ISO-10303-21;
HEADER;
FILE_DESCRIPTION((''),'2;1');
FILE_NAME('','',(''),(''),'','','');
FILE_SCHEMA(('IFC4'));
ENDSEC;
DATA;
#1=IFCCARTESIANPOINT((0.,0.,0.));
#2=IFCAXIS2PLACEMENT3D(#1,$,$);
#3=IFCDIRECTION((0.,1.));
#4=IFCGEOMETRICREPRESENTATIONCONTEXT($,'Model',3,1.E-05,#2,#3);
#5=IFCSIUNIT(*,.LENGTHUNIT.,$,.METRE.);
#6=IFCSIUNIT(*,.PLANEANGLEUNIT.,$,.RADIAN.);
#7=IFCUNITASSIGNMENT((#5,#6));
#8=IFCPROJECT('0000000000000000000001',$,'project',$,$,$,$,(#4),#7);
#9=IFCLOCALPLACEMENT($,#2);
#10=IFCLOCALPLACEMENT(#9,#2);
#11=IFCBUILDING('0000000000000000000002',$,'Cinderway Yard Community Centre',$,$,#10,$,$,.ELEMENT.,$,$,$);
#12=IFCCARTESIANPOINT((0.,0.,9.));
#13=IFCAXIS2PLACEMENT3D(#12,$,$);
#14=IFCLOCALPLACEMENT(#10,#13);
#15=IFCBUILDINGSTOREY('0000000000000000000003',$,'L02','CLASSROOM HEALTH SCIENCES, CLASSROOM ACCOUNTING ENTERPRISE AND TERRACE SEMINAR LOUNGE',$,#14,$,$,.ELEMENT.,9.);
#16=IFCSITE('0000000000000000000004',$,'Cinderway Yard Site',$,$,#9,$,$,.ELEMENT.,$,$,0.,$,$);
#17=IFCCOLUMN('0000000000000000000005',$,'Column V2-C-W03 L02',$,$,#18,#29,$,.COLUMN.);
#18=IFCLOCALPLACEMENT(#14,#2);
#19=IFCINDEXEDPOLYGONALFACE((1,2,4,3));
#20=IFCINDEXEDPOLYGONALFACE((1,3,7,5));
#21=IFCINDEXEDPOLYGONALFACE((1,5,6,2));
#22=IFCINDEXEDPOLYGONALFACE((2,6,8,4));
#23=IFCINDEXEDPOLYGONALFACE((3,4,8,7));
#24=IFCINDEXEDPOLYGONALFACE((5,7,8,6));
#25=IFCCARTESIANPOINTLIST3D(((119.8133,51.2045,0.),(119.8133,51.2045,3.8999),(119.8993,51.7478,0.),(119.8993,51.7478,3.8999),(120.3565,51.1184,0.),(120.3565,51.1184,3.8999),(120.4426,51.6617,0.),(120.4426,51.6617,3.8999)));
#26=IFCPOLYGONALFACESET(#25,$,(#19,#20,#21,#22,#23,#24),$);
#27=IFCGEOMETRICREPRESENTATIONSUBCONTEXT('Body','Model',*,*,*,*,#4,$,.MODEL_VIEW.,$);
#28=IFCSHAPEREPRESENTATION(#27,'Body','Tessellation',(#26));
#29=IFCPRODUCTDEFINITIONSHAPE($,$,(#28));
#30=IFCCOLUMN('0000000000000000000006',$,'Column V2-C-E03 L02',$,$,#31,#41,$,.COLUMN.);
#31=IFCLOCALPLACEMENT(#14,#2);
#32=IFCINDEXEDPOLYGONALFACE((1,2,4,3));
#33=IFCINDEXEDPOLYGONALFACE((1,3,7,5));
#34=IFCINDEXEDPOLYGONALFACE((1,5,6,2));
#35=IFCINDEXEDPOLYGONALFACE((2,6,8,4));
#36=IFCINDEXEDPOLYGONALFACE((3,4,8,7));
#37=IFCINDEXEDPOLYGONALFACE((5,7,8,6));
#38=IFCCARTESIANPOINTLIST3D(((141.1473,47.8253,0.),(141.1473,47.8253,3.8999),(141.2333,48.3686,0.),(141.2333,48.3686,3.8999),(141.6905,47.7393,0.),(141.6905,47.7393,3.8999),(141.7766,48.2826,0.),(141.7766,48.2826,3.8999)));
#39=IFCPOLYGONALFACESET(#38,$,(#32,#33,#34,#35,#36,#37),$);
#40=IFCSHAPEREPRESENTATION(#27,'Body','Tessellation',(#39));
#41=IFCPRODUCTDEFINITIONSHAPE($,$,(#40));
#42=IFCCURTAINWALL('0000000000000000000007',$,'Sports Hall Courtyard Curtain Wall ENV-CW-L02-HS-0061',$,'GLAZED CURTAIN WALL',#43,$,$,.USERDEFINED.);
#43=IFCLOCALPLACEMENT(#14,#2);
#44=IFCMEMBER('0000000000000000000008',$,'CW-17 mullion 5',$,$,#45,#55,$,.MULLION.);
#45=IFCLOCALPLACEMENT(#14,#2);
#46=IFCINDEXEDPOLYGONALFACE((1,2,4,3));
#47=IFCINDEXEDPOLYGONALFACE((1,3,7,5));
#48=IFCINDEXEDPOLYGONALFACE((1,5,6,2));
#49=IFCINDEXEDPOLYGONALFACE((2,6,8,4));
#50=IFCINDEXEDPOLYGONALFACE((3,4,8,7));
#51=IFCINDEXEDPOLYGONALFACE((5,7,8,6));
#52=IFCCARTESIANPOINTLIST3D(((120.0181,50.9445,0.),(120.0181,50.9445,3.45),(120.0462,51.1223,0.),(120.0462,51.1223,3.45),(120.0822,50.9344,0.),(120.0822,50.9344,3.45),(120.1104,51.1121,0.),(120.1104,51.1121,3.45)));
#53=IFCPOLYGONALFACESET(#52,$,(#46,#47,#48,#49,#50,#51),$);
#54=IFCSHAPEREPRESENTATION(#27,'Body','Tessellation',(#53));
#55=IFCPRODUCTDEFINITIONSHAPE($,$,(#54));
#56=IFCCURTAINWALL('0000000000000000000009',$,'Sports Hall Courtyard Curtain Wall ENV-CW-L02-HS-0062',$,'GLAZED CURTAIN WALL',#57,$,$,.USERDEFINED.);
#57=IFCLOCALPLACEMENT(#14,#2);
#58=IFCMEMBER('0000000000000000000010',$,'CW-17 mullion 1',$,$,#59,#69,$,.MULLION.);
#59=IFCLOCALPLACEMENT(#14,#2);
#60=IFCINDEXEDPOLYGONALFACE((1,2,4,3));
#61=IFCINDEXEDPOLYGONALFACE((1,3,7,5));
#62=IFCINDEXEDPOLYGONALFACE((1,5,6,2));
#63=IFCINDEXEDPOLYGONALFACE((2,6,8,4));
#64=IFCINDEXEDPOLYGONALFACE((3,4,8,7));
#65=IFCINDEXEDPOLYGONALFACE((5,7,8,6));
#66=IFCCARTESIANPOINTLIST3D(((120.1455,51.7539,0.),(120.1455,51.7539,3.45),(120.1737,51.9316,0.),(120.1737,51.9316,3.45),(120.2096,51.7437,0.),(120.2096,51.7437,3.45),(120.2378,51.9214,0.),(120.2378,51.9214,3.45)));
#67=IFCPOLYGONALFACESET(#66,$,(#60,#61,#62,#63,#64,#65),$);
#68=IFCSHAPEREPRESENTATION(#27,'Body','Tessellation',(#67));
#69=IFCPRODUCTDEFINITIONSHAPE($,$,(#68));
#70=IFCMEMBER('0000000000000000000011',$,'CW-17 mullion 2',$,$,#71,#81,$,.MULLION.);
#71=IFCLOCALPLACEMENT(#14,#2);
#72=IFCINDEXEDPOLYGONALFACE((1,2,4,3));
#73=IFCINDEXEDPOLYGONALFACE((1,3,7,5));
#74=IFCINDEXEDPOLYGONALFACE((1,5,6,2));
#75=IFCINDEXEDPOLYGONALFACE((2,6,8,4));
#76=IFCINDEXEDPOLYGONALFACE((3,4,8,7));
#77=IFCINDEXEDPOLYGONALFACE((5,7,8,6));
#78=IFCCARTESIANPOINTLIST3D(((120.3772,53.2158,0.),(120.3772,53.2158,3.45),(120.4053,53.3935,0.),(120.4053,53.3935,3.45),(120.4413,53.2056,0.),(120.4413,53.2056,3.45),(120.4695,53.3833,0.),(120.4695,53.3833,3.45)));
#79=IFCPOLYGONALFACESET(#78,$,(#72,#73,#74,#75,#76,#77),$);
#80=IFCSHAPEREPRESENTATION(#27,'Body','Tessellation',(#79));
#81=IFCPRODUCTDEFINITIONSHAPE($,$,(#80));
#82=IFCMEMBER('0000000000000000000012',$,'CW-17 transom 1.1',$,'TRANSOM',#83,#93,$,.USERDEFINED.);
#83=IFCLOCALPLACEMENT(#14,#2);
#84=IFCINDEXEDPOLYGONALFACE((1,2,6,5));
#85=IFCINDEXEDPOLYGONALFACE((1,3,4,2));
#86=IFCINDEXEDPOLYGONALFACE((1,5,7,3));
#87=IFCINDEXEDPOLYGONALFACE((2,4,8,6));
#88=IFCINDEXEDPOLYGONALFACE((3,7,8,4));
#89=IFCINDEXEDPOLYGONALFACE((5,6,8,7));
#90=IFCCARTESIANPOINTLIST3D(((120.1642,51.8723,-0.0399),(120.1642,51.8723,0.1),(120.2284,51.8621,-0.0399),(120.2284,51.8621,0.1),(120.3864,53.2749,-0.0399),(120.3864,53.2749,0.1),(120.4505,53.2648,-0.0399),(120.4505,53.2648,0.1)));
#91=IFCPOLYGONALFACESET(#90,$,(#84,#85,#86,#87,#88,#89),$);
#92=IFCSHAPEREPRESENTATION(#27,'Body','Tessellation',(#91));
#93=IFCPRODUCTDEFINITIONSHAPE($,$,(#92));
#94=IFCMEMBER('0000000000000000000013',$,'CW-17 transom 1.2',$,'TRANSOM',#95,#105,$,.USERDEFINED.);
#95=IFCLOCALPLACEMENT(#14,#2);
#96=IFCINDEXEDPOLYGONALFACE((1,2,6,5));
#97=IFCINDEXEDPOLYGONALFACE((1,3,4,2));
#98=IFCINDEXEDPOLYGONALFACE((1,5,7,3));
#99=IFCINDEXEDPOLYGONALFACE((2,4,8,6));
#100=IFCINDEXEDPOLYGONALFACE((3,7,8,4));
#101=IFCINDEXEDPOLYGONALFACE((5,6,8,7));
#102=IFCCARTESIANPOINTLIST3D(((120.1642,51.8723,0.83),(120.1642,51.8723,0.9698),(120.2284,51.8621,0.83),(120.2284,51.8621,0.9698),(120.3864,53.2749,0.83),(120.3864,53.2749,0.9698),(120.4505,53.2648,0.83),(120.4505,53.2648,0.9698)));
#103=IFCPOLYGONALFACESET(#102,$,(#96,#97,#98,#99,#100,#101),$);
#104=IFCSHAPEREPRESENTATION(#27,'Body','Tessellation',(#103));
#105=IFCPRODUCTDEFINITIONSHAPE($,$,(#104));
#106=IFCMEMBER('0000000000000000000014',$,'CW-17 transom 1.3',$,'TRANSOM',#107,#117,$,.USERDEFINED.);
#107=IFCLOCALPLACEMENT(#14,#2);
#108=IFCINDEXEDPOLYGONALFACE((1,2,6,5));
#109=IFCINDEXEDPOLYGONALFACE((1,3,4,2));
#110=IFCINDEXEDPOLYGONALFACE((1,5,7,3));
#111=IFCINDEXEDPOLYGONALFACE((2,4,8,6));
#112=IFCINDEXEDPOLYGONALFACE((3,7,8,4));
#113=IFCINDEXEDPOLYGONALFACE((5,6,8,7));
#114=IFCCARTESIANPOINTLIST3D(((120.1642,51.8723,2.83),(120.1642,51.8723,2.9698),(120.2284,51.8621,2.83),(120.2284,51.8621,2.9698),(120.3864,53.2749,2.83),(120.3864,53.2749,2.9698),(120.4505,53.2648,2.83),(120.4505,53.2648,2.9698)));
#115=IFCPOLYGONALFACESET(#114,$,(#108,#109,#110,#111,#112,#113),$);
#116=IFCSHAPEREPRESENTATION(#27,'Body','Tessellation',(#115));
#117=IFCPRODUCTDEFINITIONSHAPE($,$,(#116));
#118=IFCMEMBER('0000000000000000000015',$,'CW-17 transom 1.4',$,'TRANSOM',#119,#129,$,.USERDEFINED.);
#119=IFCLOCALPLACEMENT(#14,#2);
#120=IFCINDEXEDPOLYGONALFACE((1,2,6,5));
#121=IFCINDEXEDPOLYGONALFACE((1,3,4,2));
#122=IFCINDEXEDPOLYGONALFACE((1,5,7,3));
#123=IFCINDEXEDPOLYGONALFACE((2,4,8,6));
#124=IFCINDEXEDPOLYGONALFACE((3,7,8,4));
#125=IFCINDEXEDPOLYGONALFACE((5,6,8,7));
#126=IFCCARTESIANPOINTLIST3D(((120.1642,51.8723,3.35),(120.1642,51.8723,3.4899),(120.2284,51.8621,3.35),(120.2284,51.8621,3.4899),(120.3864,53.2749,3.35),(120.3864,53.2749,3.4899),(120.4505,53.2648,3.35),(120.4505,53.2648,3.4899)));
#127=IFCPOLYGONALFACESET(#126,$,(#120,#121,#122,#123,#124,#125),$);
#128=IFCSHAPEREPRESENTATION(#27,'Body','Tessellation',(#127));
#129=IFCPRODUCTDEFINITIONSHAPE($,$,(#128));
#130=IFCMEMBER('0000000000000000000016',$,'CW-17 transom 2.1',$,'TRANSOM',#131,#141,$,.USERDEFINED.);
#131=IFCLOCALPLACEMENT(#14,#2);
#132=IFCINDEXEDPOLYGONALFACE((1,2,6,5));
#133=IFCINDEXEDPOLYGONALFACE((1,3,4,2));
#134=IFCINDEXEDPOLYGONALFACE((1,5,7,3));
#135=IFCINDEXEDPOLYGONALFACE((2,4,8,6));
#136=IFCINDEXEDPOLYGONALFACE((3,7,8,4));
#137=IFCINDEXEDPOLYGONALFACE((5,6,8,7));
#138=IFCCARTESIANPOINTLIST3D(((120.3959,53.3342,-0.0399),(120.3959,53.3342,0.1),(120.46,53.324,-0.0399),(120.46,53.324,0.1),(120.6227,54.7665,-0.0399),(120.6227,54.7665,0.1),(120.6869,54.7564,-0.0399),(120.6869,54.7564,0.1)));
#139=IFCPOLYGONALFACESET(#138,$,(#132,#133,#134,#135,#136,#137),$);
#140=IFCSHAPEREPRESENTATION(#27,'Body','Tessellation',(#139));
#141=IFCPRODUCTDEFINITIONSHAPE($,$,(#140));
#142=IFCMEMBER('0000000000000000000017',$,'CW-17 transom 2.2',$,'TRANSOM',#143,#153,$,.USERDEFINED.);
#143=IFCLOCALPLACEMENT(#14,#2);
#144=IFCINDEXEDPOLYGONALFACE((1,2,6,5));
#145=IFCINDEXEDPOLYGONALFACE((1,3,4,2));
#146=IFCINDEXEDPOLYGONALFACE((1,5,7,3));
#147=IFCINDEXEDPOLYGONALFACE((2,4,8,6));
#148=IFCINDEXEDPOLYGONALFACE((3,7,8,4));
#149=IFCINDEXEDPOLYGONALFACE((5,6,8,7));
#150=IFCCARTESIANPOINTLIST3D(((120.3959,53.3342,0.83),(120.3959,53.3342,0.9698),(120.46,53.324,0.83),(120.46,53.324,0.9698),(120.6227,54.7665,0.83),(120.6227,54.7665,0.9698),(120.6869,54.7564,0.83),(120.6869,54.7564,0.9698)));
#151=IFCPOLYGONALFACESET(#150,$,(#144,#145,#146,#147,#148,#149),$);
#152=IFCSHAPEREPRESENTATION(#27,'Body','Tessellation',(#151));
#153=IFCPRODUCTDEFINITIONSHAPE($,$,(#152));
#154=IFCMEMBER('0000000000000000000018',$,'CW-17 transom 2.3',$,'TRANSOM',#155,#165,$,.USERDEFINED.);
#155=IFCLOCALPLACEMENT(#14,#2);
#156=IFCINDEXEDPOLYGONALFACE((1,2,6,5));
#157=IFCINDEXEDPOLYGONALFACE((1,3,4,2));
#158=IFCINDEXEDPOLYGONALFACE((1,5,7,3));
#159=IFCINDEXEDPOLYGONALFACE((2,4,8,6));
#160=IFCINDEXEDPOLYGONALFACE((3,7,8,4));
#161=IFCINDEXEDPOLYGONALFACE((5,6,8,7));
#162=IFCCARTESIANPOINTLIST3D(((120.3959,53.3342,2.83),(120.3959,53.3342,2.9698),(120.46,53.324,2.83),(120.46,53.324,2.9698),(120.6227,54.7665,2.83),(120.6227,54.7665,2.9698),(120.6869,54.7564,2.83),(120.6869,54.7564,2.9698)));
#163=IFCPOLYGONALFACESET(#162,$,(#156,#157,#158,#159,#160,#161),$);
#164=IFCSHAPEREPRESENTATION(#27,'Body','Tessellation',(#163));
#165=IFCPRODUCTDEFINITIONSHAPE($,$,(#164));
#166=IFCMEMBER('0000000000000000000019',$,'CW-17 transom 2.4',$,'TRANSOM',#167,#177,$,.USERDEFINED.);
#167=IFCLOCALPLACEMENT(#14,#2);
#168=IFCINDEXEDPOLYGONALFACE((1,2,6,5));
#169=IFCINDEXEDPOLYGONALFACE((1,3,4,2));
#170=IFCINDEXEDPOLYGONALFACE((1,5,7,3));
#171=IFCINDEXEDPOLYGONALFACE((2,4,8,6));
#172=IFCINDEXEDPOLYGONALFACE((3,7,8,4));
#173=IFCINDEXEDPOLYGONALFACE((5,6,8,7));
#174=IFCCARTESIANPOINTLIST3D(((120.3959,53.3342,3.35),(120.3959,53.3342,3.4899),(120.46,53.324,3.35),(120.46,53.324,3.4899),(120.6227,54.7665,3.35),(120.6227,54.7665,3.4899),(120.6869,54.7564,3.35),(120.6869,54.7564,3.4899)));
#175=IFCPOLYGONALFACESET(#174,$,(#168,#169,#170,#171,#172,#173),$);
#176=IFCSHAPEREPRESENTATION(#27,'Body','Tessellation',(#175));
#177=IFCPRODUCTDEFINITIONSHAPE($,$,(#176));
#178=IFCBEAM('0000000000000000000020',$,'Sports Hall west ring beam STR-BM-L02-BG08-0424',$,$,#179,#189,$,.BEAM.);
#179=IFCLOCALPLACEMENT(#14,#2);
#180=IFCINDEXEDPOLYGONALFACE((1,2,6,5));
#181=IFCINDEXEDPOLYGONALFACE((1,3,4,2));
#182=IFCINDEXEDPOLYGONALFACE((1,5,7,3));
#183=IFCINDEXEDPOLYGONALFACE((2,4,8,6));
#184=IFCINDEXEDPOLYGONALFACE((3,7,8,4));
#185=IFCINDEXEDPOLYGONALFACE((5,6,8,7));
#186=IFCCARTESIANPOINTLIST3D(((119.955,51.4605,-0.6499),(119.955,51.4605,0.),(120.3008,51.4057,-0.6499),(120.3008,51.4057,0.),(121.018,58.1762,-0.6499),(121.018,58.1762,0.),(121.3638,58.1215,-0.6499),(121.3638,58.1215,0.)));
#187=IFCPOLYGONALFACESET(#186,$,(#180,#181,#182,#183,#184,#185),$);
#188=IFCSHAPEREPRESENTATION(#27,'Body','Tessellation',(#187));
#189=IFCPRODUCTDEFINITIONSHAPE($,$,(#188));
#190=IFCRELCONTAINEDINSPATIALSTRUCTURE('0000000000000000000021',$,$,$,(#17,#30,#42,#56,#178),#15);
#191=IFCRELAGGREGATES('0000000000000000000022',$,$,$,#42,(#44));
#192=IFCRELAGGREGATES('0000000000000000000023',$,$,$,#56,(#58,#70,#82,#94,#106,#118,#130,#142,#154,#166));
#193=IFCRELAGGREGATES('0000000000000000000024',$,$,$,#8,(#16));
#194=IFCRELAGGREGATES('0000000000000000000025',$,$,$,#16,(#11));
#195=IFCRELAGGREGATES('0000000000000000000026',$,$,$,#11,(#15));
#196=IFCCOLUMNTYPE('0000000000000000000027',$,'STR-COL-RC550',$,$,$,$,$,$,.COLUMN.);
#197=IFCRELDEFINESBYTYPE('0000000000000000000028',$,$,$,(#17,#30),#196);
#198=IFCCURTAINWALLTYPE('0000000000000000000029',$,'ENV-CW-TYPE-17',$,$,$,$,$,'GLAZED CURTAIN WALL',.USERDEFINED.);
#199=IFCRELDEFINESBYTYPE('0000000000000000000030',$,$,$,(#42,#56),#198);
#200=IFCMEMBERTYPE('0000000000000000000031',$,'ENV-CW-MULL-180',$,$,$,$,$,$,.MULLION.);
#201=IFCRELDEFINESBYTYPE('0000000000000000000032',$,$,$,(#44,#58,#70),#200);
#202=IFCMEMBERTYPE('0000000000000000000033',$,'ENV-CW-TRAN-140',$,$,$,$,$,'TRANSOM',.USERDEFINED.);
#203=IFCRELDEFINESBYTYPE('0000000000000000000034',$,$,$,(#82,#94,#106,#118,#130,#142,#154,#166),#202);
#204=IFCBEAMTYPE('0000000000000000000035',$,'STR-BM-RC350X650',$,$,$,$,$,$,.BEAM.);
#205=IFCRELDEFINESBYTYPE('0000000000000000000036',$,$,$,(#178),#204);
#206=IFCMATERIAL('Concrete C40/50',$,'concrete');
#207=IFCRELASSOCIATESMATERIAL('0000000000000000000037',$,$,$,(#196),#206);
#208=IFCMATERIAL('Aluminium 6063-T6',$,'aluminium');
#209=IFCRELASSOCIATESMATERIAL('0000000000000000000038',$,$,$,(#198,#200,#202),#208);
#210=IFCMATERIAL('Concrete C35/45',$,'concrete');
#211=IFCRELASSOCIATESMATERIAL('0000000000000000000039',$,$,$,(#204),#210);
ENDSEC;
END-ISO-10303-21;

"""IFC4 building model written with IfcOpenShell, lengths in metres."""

from ifc_helpers import new_model, si_unit, direction, frame, origin, origin_2d, place, context, subcontext, project, spatial, rectangle, extrude, material, material_profile, profile_set, type_object, element, aggregate, save


model = new_model("IFC4")

# Units and contexts
model_context = context("Model", 3, precision=1e-05, world=origin(), true_north=direction((0.0, 1.0)))
body_context = subcontext(model_context, "Body", "Model", "MODEL_VIEW")
ifc_project = project(units=[si_unit("LENGTHUNIT", "METRE"), si_unit("PLANEANGLEUNIT", "RADIAN")], contexts=[model_context])

# Site, building, storey
site_placement = place(None, origin())
site = spatial("IfcSite", under=ifc_project, at=site_placement, Name="Cinderway Yard Site", CompositionType="ELEMENT", RefElevation=0.0)
building_placement = place(site_placement, origin())
building = spatial("IfcBuilding", under=site, at=building_placement, Name="Cinderway Yard Community Centre", CompositionType="ELEMENT")
storey_placement = place(building_placement, frame((0.0, 0.0, 9.0)))
storey = spatial("IfcBuildingStorey", under=building, at=storey_placement, Name="L02", Description="CLASSROOM HEALTH SCIENCES, CLASSROOM ACCOUNTING ENTERPRISE AND TERRACE SEMINAR LOUNGE", CompositionType="ELEMENT", Elevation=9.0)

# Columns
ifc_material_1 = material(Name="Concrete C40/50", Category="concrete")
ifc_material_profile_1 = material_profile(ifc_material_1, rectangle(XDim=0.55, YDim=0.55, at=origin_2d()), Name="Concrete C40/50")
ifc_profile_set_1 = profile_set([ifc_material_profile_1], Name="Concrete C40/50")
column_type = type_object("IfcColumnType", Name="STR-COL-RC550", PredefinedType="COLUMN", material=ifc_profile_set_1)
for number, where, z_axis, x_axis, name in (
    (1, (120.1279, 51.4331, 0.0), (0.0, 0.0, 1.0), (0.987688, -0.156434, 0.0), "Column V2-C-W03 L02"),
    (2, (141.4619, 48.054, 0.0), (0.0, 0.0, 1.0), (0.987688, -0.156434, 0.0), "Column V2-C-E03 L02"),
):
    element("IfcColumn", number, at=place(storey_placement, frame(where, z_axis=z_axis, x_axis=x_axis)), inside=storey, type_object=column_type, Name=name, PredefinedType="COLUMN", context=body_context, shape_type="SweptSolid", body=[
        extrude(rectangle(XDim=0.55, YDim=0.55, at=origin_2d()), origin(), (0.0, 0.0, 1.0), 3.8999),
    ])

# Curtain wall, member
ifc_material_2 = material(Name="Aluminium 6063-T6", Category="aluminium")
curtain_wall_type_1 = type_object("IfcCurtainWallType", Name="ENV-CW-TYPE-17", ElementType="GLAZED CURTAIN WALL", PredefinedType="USERDEFINED", material=ifc_material_2)
curtain_wall_1_placement = place(storey_placement, origin())
curtain_wall_1 = element("IfcCurtainWall", 3, at=curtain_wall_1_placement, inside=storey, type_object=curtain_wall_type_1, Name="Sports Hall Courtyard Curtain Wall ENV-CW-L02-HS-0061", ObjectType="GLAZED CURTAIN WALL", PredefinedType="USERDEFINED")
ifc_material_profile_2 = material_profile(ifc_material_2, rectangle(XDim=0.0649, YDim=0.1799, at=origin_2d()), Name="Aluminium 6063-T6")
ifc_profile_set_2 = profile_set([ifc_material_profile_2], Name="Aluminium 6063-T6")
member_type_1 = type_object("IfcMemberType", Name="ENV-CW-MULL-180", PredefinedType="MULLION", material=ifc_profile_set_2)
member_1_placement = place(storey_placement, frame((120.0642, 51.0283, 0.0), z_axis=(0.0, 0.0, 1.0), x_axis=(-0.987665, 0.156583, 0.0)))
member_1 = element("IfcMember", 4, at=member_1_placement, type_object=member_type_1, Name="CW-17 mullion 5", PredefinedType="MULLION", context=body_context, shape_type="SweptSolid", body=[
    extrude(rectangle(XDim=0.0649, YDim=0.1799, at=origin_2d()), origin(), (0.0, 0.0, 1.0), 3.45),
])
aggregate(curtain_wall_1, [member_1])

# Curtain wall, members
curtain_wall_2_placement = place(storey_placement, origin())
curtain_wall_2 = element("IfcCurtainWall", 5, at=curtain_wall_2_placement, inside=storey, type_object=curtain_wall_type_1, Name="Sports Hall Courtyard Curtain Wall ENV-CW-L02-HS-0062", ObjectType="GLAZED CURTAIN WALL", PredefinedType="USERDEFINED")
member_2_placement = place(storey_placement, frame((120.1917, 51.8376, 0.0), z_axis=(0.0, 0.0, 1.0), x_axis=(-0.987686, 0.156447, 0.0)))
member_2 = element("IfcMember", 6, at=member_2_placement, type_object=member_type_1, Name="CW-17 mullion 1", PredefinedType="MULLION", context=body_context, shape_type="SweptSolid", body=[
    extrude(rectangle(XDim=0.0649, YDim=0.1799, at=origin_2d()), origin(), (0.0, 0.0, 1.0), 3.45),
])
member_3_placement = place(storey_placement, frame((120.4233, 53.2996, 0.0), z_axis=(0.0, 0.0, 1.0), x_axis=(-0.987686, 0.156447, 0.0)))
member_3 = element("IfcMember", 7, at=member_3_placement, type_object=member_type_1, Name="CW-17 mullion 2", PredefinedType="MULLION", context=body_context, shape_type="SweptSolid", body=[
    extrude(rectangle(XDim=0.0649, YDim=0.1799, at=origin_2d()), origin(), (0.0, 0.0, 1.0), 3.45),
])
ifc_material_profile_3 = material_profile(ifc_material_2, rectangle(XDim=0.0649, YDim=0.1399, at=origin_2d()), Name="Aluminium 6063-T6")
ifc_profile_set_3 = profile_set([ifc_material_profile_3], Name="Aluminium 6063-T6")
member_type_2 = type_object("IfcMemberType", Name="ENV-CW-TRAN-140", ElementType="TRANSOM", PredefinedType="USERDEFINED", material=ifc_profile_set_3)
member_4_placement = place(storey_placement, frame((120.1963, 51.8672, 0.03), z_axis=(0.156448, 0.987686, 0.0), x_axis=(-0.987686, 0.156448, 0.0)))
member_4 = element("IfcMember", 8, at=member_4_placement, type_object=member_type_2, Name="CW-17 transom 1.1", ObjectType="TRANSOM", PredefinedType="USERDEFINED", context=body_context, shape_type="SweptSolid", body=[
    extrude(rectangle(XDim=0.0649, YDim=0.1399, at=origin_2d()), origin(), (0.0, 0.0, 1.0), 1.4202),
])
member_5_placement = place(storey_placement, frame((120.1963, 51.8672, 0.8999), z_axis=(0.156448, 0.987686, 0.0), x_axis=(-0.987686, 0.156448, 0.0)))
member_5 = element("IfcMember", 9, at=member_5_placement, type_object=member_type_2, Name="CW-17 transom 1.2", ObjectType="TRANSOM", PredefinedType="USERDEFINED", context=body_context, shape_type="SweptSolid", body=[
    extrude(rectangle(XDim=0.0649, YDim=0.1399, at=origin_2d()), origin(), (0.0, 0.0, 1.0), 1.4202),
])
member_6_placement = place(storey_placement, frame((120.1963, 51.8672, 2.8999), z_axis=(0.156448, 0.987686, 0.0), x_axis=(-0.987686, 0.156448, 0.0)))
member_6 = element("IfcMember", 10, at=member_6_placement, type_object=member_type_2, Name="CW-17 transom 1.3", ObjectType="TRANSOM", PredefinedType="USERDEFINED", context=body_context, shape_type="SweptSolid", body=[
    extrude(rectangle(XDim=0.0649, YDim=0.1399, at=origin_2d()), origin(), (0.0, 0.0, 1.0), 1.4202),
])
member_7_placement = place(storey_placement, frame((120.1963, 51.8672, 3.4199), z_axis=(0.156448, 0.987686, 0.0), x_axis=(-0.987686, 0.156448, 0.0)))
member_7 = element("IfcMember", 11, at=member_7_placement, type_object=member_type_2, Name="CW-17 transom 1.4", ObjectType="TRANSOM", PredefinedType="USERDEFINED", context=body_context, shape_type="SweptSolid", body=[
    extrude(rectangle(XDim=0.0649, YDim=0.1399, at=origin_2d()), origin(), (0.0, 0.0, 1.0), 1.4202),
])
member_8_placement = place(storey_placement, frame((120.428, 53.3291, 0.03), z_axis=(0.156395, 0.987695, 0.0), x_axis=(-0.987695, 0.156395, 0.0)))
member_8 = element("IfcMember", 12, at=member_8_placement, type_object=member_type_2, Name="CW-17 transom 2.1", ObjectType="TRANSOM", PredefinedType="USERDEFINED", context=body_context, shape_type="SweptSolid", body=[
    extrude(rectangle(XDim=0.0649, YDim=0.1399, at=origin_2d()), origin(), (0.0, 0.0, 1.0), 1.4502),
])
member_9_placement = place(storey_placement, frame((120.428, 53.3291, 0.8999), z_axis=(0.156395, 0.987695, 0.0), x_axis=(-0.987695, 0.156395, 0.0)))
member_9 = element("IfcMember", 13, at=member_9_placement, type_object=member_type_2, Name="CW-17 transom 2.2", ObjectType="TRANSOM", PredefinedType="USERDEFINED", context=body_context, shape_type="SweptSolid", body=[
    extrude(rectangle(XDim=0.0649, YDim=0.1399, at=origin_2d()), origin(), (0.0, 0.0, 1.0), 1.4502),
])
member_10_placement = place(storey_placement, frame((120.428, 53.3291, 2.8999), z_axis=(0.156395, 0.987695, 0.0), x_axis=(-0.987695, 0.156395, 0.0)))
member_10 = element("IfcMember", 14, at=member_10_placement, type_object=member_type_2, Name="CW-17 transom 2.3", ObjectType="TRANSOM", PredefinedType="USERDEFINED", context=body_context, shape_type="SweptSolid", body=[
    extrude(rectangle(XDim=0.0649, YDim=0.1399, at=origin_2d()), origin(), (0.0, 0.0, 1.0), 1.4502),
])
member_11_placement = place(storey_placement, frame((120.428, 53.3291, 3.4199), z_axis=(0.156395, 0.987695, 0.0), x_axis=(-0.987695, 0.156395, 0.0)))
member_11 = element("IfcMember", 15, at=member_11_placement, type_object=member_type_2, Name="CW-17 transom 2.4", ObjectType="TRANSOM", PredefinedType="USERDEFINED", context=body_context, shape_type="SweptSolid", body=[
    extrude(rectangle(XDim=0.0649, YDim=0.1399, at=origin_2d()), origin(), (0.0, 0.0, 1.0), 1.4502),
])

# Beam
ifc_material_3 = material(Name="Concrete C35/45", Category="concrete")
ifc_material_profile_4 = material_profile(ifc_material_3, rectangle(XDim=0.3501, YDim=0.6499, at=origin_2d()), Name="Concrete C35/45")
ifc_profile_set_4 = profile_set([ifc_material_profile_4], Name="Concrete C35/45")
beam_type_1 = type_object("IfcBeamType", Name="STR-BM-RC350X650", PredefinedType="BEAM", material=ifc_profile_set_4)
beam_1_placement = place(storey_placement, frame((120.1279, 51.4331, -0.325), z_axis=(0.156335, 0.987704, 0.0), x_axis=(-0.987704, 0.156335, 0.0)))
element("IfcBeam", 16, at=beam_1_placement, inside=storey, type_object=beam_type_1, Name="Sports Hall west ring beam STR-BM-L02-BG08-0424", PredefinedType="BEAM", context=body_context, shape_type="SweptSolid", body=[
    extrude(rectangle(XDim=0.3501, YDim=0.6499, at=origin_2d()), origin(), (0.0, 0.0, 1.0), 6.7993),
])

aggregate(curtain_wall_2, [member_2, member_3, member_4, member_5, member_6, member_7, member_8, member_9, member_10, member_11])

save(model, "model.ifc")
